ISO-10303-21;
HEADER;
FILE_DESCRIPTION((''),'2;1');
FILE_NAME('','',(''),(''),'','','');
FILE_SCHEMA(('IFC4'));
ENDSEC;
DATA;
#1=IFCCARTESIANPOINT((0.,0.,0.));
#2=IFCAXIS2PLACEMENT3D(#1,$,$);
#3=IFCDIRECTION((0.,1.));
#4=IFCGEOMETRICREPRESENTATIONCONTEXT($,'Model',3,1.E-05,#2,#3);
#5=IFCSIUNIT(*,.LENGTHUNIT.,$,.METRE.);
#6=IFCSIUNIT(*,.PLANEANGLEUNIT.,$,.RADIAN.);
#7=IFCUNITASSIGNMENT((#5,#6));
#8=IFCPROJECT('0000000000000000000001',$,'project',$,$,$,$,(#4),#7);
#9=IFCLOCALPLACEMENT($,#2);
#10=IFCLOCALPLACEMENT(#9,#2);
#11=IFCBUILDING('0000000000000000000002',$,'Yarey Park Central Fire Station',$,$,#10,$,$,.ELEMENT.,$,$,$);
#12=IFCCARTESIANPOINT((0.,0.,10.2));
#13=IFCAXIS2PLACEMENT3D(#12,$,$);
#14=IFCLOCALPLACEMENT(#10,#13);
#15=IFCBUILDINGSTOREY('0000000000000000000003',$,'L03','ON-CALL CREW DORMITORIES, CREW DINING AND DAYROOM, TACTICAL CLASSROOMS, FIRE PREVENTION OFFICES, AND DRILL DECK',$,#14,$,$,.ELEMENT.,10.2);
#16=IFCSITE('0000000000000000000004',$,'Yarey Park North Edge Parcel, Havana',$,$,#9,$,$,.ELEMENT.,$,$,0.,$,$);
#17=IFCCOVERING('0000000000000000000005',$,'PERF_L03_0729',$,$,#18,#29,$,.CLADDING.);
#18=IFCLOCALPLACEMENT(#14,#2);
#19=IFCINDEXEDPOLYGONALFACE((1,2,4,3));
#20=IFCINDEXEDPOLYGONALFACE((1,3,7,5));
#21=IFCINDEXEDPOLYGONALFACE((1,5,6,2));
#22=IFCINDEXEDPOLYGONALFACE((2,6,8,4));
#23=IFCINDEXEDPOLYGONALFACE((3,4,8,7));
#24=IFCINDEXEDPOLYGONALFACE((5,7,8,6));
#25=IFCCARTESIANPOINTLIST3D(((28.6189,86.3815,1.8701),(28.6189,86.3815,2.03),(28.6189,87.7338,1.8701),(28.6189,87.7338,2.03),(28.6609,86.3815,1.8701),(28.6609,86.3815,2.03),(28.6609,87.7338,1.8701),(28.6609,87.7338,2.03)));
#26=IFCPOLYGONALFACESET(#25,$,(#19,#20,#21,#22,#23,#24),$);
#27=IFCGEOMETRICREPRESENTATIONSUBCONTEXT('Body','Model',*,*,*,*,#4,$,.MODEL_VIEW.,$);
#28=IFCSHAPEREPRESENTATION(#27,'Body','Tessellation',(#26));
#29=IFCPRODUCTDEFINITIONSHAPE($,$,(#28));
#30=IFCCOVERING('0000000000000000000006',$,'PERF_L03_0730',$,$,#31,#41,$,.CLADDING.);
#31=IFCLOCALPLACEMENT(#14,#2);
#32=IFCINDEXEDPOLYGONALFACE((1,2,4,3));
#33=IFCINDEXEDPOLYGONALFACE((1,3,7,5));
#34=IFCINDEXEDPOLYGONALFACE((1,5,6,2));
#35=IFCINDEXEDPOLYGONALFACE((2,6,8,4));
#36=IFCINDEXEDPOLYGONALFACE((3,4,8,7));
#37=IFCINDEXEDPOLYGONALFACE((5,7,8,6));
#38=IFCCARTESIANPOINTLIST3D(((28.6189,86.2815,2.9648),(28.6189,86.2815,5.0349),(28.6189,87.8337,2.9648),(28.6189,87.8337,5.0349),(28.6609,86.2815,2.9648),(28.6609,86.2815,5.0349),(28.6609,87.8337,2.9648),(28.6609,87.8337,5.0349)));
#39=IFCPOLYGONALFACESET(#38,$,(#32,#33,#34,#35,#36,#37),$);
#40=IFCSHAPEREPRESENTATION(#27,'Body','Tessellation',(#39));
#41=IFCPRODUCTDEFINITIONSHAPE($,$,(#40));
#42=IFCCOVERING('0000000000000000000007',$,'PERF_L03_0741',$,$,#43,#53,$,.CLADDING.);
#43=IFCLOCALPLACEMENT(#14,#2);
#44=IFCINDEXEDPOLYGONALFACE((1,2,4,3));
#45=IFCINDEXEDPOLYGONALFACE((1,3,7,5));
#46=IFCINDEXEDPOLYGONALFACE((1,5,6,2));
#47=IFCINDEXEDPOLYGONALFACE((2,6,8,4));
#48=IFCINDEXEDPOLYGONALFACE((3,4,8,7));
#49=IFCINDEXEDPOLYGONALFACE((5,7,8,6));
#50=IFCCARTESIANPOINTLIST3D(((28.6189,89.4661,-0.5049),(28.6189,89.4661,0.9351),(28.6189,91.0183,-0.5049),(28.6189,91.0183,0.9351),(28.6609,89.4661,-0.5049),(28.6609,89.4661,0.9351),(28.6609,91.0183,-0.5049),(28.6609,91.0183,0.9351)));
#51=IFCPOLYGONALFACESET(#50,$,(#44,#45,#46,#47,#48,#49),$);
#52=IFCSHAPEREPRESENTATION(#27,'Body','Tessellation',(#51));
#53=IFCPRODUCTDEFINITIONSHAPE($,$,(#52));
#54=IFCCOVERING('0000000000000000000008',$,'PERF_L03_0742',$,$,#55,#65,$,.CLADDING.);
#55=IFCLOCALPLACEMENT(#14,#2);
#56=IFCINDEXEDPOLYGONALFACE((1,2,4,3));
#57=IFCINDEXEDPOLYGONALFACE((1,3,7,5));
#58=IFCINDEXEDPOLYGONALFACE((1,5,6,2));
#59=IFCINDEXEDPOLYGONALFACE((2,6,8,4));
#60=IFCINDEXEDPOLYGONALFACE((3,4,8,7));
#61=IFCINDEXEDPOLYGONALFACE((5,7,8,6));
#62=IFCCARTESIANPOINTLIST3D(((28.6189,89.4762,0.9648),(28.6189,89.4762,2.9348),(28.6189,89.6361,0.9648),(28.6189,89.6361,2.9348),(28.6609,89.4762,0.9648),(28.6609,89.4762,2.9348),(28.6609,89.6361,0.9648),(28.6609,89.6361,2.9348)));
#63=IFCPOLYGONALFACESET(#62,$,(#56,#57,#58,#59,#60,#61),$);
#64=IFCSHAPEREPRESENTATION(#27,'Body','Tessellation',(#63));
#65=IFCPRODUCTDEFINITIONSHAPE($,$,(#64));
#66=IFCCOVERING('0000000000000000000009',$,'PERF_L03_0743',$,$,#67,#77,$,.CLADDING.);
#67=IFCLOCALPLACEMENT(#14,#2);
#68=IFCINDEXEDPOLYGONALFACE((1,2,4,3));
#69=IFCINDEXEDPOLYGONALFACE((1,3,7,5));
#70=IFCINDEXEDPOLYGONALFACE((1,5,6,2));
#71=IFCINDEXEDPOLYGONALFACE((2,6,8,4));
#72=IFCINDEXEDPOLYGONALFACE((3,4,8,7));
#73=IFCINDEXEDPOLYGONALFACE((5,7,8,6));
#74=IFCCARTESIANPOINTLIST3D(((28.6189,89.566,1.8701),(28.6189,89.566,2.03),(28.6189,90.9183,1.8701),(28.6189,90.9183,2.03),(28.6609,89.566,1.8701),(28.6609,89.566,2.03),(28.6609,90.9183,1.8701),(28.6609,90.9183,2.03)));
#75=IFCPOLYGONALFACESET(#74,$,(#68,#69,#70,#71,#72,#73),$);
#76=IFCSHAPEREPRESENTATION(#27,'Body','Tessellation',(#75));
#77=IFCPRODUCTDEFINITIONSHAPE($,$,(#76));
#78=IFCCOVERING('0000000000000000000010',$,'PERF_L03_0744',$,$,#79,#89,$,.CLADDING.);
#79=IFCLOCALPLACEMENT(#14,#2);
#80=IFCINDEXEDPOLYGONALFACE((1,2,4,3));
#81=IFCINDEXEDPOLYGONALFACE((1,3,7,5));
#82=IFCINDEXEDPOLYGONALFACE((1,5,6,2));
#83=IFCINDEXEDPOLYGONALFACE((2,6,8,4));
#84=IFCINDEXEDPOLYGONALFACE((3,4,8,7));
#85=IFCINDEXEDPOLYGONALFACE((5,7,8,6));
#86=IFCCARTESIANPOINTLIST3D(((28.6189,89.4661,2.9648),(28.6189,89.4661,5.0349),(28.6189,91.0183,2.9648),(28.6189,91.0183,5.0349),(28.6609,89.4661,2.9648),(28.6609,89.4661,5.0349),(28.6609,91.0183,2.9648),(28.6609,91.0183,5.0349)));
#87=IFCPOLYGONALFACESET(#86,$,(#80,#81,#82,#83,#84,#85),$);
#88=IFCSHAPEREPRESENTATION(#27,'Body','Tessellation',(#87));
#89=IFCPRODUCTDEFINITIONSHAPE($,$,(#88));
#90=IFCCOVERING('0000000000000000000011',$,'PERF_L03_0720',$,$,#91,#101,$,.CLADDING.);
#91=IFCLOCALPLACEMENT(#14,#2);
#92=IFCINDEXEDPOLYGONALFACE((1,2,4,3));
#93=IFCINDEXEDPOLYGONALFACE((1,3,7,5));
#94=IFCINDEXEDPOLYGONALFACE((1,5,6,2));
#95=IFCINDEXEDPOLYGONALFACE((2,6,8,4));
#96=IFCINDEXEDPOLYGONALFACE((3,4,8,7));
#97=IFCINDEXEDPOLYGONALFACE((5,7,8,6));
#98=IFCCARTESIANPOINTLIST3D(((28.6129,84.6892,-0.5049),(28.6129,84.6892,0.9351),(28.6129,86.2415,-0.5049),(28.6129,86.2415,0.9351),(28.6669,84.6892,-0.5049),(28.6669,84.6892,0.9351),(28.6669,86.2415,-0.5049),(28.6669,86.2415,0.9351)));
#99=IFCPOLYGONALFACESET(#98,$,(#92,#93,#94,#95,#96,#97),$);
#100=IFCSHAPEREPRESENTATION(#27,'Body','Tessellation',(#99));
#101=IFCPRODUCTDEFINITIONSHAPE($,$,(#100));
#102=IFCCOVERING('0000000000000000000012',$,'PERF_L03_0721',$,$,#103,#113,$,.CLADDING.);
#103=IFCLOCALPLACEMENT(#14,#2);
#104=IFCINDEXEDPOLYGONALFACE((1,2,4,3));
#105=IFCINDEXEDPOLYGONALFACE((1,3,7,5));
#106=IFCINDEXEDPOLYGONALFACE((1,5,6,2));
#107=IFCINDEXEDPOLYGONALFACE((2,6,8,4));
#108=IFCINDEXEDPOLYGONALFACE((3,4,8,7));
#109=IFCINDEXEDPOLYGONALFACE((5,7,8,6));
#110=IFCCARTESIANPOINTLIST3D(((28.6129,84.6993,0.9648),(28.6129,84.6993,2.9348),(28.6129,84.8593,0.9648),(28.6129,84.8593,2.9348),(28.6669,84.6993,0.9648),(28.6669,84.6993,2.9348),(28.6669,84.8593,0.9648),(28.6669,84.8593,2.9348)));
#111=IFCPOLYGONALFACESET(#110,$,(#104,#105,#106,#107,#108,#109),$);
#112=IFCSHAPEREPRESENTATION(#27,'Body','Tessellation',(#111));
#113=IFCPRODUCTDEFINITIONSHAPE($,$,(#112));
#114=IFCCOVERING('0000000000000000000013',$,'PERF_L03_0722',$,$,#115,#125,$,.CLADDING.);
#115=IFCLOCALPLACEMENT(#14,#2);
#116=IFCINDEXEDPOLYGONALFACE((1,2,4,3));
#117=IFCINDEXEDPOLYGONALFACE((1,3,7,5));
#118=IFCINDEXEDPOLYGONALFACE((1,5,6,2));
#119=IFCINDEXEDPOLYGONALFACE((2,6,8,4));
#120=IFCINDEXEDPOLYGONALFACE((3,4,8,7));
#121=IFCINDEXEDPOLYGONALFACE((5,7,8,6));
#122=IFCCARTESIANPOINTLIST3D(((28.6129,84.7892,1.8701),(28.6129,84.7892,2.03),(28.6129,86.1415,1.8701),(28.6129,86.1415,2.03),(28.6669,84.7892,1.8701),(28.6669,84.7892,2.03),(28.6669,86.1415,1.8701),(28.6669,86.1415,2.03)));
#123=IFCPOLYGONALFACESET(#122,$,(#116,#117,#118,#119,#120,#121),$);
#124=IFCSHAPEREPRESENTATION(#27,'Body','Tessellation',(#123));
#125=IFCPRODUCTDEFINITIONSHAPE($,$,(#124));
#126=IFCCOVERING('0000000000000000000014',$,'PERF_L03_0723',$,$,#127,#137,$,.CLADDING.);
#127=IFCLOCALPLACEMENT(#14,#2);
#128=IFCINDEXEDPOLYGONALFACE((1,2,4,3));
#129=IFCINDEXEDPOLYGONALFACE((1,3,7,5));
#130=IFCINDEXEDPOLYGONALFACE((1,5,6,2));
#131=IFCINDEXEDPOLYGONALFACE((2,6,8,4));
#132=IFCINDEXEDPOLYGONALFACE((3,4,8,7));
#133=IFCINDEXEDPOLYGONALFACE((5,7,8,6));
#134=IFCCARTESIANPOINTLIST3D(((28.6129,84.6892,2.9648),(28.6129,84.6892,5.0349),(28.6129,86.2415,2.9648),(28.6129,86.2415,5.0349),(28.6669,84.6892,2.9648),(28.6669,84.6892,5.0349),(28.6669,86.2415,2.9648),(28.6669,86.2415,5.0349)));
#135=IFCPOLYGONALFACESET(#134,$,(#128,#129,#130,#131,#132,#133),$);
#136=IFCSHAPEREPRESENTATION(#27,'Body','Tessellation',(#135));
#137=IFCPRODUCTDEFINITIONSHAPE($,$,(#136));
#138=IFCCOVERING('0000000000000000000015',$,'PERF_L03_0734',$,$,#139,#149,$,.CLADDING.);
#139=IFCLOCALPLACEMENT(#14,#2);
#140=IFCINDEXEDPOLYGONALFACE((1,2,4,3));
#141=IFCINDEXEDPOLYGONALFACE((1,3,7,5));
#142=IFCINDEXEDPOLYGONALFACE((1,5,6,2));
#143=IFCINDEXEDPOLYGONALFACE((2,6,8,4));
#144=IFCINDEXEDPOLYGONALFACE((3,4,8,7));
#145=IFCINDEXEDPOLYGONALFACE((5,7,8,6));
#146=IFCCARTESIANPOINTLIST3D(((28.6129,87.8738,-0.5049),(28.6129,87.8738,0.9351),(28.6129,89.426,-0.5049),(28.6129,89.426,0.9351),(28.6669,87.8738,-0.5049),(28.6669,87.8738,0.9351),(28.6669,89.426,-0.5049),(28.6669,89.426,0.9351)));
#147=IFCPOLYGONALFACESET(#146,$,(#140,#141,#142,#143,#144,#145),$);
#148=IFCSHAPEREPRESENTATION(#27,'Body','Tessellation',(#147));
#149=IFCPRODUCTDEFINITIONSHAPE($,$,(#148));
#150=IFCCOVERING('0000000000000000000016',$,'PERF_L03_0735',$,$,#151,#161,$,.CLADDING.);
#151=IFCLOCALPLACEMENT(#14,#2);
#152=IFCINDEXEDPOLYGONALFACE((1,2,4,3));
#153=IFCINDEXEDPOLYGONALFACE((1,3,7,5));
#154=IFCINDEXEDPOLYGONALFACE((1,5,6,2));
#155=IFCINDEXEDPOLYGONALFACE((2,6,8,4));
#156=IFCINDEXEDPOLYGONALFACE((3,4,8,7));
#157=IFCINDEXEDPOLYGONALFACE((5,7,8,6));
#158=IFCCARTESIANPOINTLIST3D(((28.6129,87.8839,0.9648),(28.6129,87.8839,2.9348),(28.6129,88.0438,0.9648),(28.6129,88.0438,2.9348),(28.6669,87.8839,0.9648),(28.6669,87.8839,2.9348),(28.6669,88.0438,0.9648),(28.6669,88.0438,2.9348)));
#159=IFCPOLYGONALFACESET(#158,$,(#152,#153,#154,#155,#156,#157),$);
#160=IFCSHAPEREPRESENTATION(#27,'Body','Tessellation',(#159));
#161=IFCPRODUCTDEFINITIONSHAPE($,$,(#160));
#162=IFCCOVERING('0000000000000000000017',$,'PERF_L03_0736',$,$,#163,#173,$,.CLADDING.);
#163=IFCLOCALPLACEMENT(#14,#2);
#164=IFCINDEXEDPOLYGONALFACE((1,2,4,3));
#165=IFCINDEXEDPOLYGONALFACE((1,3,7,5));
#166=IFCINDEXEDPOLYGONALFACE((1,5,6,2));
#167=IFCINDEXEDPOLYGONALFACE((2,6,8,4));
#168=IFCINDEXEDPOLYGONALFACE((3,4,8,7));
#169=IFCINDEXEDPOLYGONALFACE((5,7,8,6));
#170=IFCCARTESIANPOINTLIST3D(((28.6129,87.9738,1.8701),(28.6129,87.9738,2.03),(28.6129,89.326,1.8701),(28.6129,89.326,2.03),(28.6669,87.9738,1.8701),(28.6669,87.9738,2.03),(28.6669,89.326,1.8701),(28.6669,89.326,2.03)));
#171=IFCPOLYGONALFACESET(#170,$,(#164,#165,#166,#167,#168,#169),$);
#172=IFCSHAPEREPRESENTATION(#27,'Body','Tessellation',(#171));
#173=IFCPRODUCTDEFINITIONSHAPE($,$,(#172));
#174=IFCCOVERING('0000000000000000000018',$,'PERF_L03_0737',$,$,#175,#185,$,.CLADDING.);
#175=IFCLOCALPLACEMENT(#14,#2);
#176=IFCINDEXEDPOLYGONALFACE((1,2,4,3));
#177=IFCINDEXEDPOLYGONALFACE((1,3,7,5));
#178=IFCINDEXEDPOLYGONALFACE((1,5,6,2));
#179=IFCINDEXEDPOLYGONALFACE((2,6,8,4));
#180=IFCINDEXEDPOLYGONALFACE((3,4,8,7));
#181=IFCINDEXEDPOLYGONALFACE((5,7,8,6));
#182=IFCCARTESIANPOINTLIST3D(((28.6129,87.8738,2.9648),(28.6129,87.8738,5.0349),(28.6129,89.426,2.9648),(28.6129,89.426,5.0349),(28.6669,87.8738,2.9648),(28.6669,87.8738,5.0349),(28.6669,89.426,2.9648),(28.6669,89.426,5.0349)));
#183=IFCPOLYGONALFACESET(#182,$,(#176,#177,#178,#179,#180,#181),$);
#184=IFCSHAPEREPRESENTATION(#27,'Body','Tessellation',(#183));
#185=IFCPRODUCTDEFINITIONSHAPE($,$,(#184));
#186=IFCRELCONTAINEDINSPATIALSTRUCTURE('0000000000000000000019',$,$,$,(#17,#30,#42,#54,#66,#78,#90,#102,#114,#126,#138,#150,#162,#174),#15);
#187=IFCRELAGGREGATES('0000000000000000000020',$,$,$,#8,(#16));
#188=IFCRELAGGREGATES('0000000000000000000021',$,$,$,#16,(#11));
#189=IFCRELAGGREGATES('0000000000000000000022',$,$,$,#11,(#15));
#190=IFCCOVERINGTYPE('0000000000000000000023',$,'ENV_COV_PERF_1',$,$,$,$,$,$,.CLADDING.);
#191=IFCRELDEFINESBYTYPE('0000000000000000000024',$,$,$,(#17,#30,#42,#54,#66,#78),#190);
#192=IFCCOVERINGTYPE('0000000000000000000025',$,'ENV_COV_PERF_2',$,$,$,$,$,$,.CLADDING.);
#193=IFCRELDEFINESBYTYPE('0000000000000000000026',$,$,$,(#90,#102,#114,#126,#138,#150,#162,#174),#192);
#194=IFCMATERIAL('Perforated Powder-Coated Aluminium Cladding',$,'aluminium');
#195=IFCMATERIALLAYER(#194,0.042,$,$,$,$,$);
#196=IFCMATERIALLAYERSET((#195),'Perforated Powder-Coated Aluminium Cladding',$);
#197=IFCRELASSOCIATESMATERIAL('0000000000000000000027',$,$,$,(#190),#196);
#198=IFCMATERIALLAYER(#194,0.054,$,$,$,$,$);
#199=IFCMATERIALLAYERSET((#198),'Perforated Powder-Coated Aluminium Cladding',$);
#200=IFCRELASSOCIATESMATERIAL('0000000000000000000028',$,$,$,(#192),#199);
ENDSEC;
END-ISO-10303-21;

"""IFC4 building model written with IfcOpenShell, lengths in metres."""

from ifc_helpers import new_model, si_unit, direction, frame, origin, origin_2d, place, context, subcontext, project, spatial, rectangle, extrude, material, layer, layer_set, type_object, element, save


model = new_model("IFC4")

# Units and contexts
model_context = context("Model", 3, precision=1e-05, world=origin(), true_north=direction((0.0, 1.0)))
body_context = subcontext(model_context, "Body", "Model", "MODEL_VIEW")
ifc_project = project(units=[si_unit("LENGTHUNIT", "METRE"), si_unit("PLANEANGLEUNIT", "RADIAN")], contexts=[model_context])

# Site, building, storey
site_placement = place(None, origin())
site = spatial("IfcSite", under=ifc_project, at=site_placement, Name="Yarey Park North Edge Parcel, Havana", CompositionType="ELEMENT", RefElevation=0.0)
building_placement = place(site_placement, origin())
building = spatial("IfcBuilding", under=site, at=building_placement, Name="Yarey Park Central Fire Station", CompositionType="ELEMENT")
storey_placement = place(building_placement, frame((0.0, 0.0, 10.2)))
storey = spatial("IfcBuildingStorey", under=building, at=storey_placement, Name="L03", Description="ON-CALL CREW DORMITORIES, CREW DINING AND DAYROOM, TACTICAL CLASSROOMS, FIRE PREVENTION OFFICES, AND DRILL DECK", CompositionType="ELEMENT", Elevation=10.2)

# Coverings
ifc_material_1 = material(Name="Perforated Powder-Coated Aluminium Cladding", Category="aluminium")
ifc_layer_1 = layer(ifc_material_1, 0.042)
ifc_layer_set_1 = layer_set([ifc_layer_1], Name="Perforated Powder-Coated Aluminium Cladding")
covering_type_1 = type_object("IfcCoveringType", Name="ENV_COV_PERF_1", PredefinedType="CLADDING", material=ifc_layer_set_1)
covering_1_placement = place(storey_placement, frame((28.6399, 87.0576, 1.8701), z_axis=(0.0, 0.0, 1.0), x_axis=(0.0, 1.0, 0.0)))
element("IfcCovering", 1, at=covering_1_placement, inside=storey, type_object=covering_type_1, Name="PERF_L03_0729", PredefinedType="CLADDING", context=body_context, shape_type="SweptSolid", body=[
    extrude(rectangle(XDim=1.3523, YDim=0.042, at=origin_2d()), origin(), (0.0, 0.0, 1.0), 0.1599),
])
covering_2_placement = place(storey_placement, frame((28.6399, 87.0576, 2.9648), z_axis=(0.0, 0.0, 1.0), x_axis=(0.0, 1.0, 0.0)))
element("IfcCovering", 2, at=covering_2_placement, inside=storey, type_object=covering_type_1, Name="PERF_L03_0730", PredefinedType="CLADDING", context=body_context, shape_type="SweptSolid", body=[
    extrude(rectangle(XDim=1.5522, YDim=0.042, at=origin_2d()), origin(), (0.0, 0.0, 1.0), 2.0701),
])
covering_3_placement = place(storey_placement, frame((28.6399, 90.2422, -0.5049), z_axis=(0.0, 0.0, 1.0), x_axis=(0.0, 1.0, 0.0)))
element("IfcCovering", 3, at=covering_3_placement, inside=storey, type_object=covering_type_1, Name="PERF_L03_0741", PredefinedType="CLADDING", context=body_context, shape_type="SweptSolid", body=[
    extrude(rectangle(XDim=1.5522, YDim=0.042, at=origin_2d()), origin(), (0.0, 0.0, 1.0), 1.4399),
])
covering_4_placement = place(storey_placement, frame((28.6399, 89.5562, 0.9648), z_axis=(0.0, 0.0, 1.0), x_axis=(0.0, 1.0, 0.0)))
element("IfcCovering", 4, at=covering_4_placement, inside=storey, type_object=covering_type_1, Name="PERF_L03_0742", PredefinedType="CLADDING", context=body_context, shape_type="SweptSolid", body=[
    extrude(rectangle(XDim=0.1599, YDim=0.042, at=origin_2d()), origin(), (0.0, 0.0, 1.0), 1.97),
])
covering_5_placement = place(storey_placement, frame((28.6399, 90.2422, 1.8701), z_axis=(0.0, 0.0, 1.0), x_axis=(0.0, 1.0, 0.0)))
element("IfcCovering", 5, at=covering_5_placement, inside=storey, type_object=covering_type_1, Name="PERF_L03_0743", PredefinedType="CLADDING", context=body_context, shape_type="SweptSolid", body=[
    extrude(rectangle(XDim=1.3523, YDim=0.042, at=origin_2d()), origin(), (0.0, 0.0, 1.0), 0.1599),
])
covering_6_placement = place(storey_placement, frame((28.6399, 90.2422, 2.9648), z_axis=(0.0, 0.0, 1.0), x_axis=(0.0, 1.0, 0.0)))
element("IfcCovering", 6, at=covering_6_placement, inside=storey, type_object=covering_type_1, Name="PERF_L03_0744", PredefinedType="CLADDING", context=body_context, shape_type="SweptSolid", body=[
    extrude(rectangle(XDim=1.5522, YDim=0.042, at=origin_2d()), origin(), (0.0, 0.0, 1.0), 2.0701),
])
ifc_layer_2 = layer(ifc_material_1, 0.054)
ifc_layer_set_2 = layer_set([ifc_layer_2], Name="Perforated Powder-Coated Aluminium Cladding")
covering_type_2 = type_object("IfcCoveringType", Name="ENV_COV_PERF_2", PredefinedType="CLADDING", material=ifc_layer_set_2)
covering_7_placement = place(storey_placement, frame((28.6399, 85.4653, -0.5049), z_axis=(0.0, 0.0, 1.0), x_axis=(0.0, 1.0, 0.0)))
element("IfcCovering", 7, at=covering_7_placement, inside=storey, type_object=covering_type_2, Name="PERF_L03_0720", PredefinedType="CLADDING", context=body_context, shape_type="SweptSolid", body=[
    extrude(rectangle(XDim=1.5522, YDim=0.054, at=origin_2d()), origin(), (0.0, 0.0, 1.0), 1.4399),
])
covering_8_placement = place(storey_placement, frame((28.6399, 84.7793, 0.9648), z_axis=(0.0, 0.0, 1.0), x_axis=(0.0, 1.0, 0.0)))
element("IfcCovering", 8, at=covering_8_placement, inside=storey, type_object=covering_type_2, Name="PERF_L03_0721", PredefinedType="CLADDING", context=body_context, shape_type="SweptSolid", body=[
    extrude(rectangle(XDim=0.1599, YDim=0.054, at=origin_2d()), origin(), (0.0, 0.0, 1.0), 1.97),
])
covering_9_placement = place(storey_placement, frame((28.6399, 85.4653, 1.8701), z_axis=(0.0, 0.0, 1.0), x_axis=(0.0, 1.0, 0.0)))
element("IfcCovering", 9, at=covering_9_placement, inside=storey, type_object=covering_type_2, Name="PERF_L03_0722", PredefinedType="CLADDING", context=body_context, shape_type="SweptSolid", body=[
    extrude(rectangle(XDim=1.3523, YDim=0.054, at=origin_2d()), origin(), (0.0, 0.0, 1.0), 0.1599),
])
covering_10_placement = place(storey_placement, frame((28.6399, 85.4653, 2.9648), z_axis=(0.0, 0.0, 1.0), x_axis=(0.0, 1.0, 0.0)))
element("IfcCovering", 10, at=covering_10_placement, inside=storey, type_object=covering_type_2, Name="PERF_L03_0723", PredefinedType="CLADDING", context=body_context, shape_type="SweptSolid", body=[
    extrude(rectangle(XDim=1.5522, YDim=0.054, at=origin_2d()), origin(), (0.0, 0.0, 1.0), 2.0701),
])
covering_11_placement = place(storey_placement, frame((28.6399, 88.6499, -0.5049), z_axis=(0.0, 0.0, 1.0), x_axis=(0.0, 1.0, 0.0)))
element("IfcCovering", 11, at=covering_11_placement, inside=storey, type_object=covering_type_2, Name="PERF_L03_0734", PredefinedType="CLADDING", context=body_context, shape_type="SweptSolid", body=[
    extrude(rectangle(XDim=1.5522, YDim=0.054, at=origin_2d()), origin(), (0.0, 0.0, 1.0), 1.4399),
])
covering_12_placement = place(storey_placement, frame((28.6399, 87.9639, 0.9648), z_axis=(0.0, 0.0, 1.0), x_axis=(0.0, 1.0, 0.0)))
element("IfcCovering", 12, at=covering_12_placement, inside=storey, type_object=covering_type_2, Name="PERF_L03_0735", PredefinedType="CLADDING", context=body_context, shape_type="SweptSolid", body=[
    extrude(rectangle(XDim=0.1599, YDim=0.054, at=origin_2d()), origin(), (0.0, 0.0, 1.0), 1.97),
])
covering_13_placement = place(storey_placement, frame((28.6399, 88.6499, 1.8701), z_axis=(0.0, 0.0, 1.0), x_axis=(0.0, 1.0, 0.0)))
element("IfcCovering", 13, at=covering_13_placement, inside=storey, type_object=covering_type_2, Name="PERF_L03_0736", PredefinedType="CLADDING", context=body_context, shape_type="SweptSolid", body=[
    extrude(rectangle(XDim=1.3523, YDim=0.054, at=origin_2d()), origin(), (0.0, 0.0, 1.0), 0.1599),
])
covering_14_placement = place(storey_placement, frame((28.6399, 88.6499, 2.9648), z_axis=(0.0, 0.0, 1.0), x_axis=(0.0, 1.0, 0.0)))
element("IfcCovering", 14, at=covering_14_placement, inside=storey, type_object=covering_type_2, Name="PERF_L03_0737", PredefinedType="CLADDING", context=body_context, shape_type="SweptSolid", body=[
    extrude(rectangle(XDim=1.5522, YDim=0.054, at=origin_2d()), origin(), (0.0, 0.0, 1.0), 2.0701),
])

save(model, "model.ifc")
